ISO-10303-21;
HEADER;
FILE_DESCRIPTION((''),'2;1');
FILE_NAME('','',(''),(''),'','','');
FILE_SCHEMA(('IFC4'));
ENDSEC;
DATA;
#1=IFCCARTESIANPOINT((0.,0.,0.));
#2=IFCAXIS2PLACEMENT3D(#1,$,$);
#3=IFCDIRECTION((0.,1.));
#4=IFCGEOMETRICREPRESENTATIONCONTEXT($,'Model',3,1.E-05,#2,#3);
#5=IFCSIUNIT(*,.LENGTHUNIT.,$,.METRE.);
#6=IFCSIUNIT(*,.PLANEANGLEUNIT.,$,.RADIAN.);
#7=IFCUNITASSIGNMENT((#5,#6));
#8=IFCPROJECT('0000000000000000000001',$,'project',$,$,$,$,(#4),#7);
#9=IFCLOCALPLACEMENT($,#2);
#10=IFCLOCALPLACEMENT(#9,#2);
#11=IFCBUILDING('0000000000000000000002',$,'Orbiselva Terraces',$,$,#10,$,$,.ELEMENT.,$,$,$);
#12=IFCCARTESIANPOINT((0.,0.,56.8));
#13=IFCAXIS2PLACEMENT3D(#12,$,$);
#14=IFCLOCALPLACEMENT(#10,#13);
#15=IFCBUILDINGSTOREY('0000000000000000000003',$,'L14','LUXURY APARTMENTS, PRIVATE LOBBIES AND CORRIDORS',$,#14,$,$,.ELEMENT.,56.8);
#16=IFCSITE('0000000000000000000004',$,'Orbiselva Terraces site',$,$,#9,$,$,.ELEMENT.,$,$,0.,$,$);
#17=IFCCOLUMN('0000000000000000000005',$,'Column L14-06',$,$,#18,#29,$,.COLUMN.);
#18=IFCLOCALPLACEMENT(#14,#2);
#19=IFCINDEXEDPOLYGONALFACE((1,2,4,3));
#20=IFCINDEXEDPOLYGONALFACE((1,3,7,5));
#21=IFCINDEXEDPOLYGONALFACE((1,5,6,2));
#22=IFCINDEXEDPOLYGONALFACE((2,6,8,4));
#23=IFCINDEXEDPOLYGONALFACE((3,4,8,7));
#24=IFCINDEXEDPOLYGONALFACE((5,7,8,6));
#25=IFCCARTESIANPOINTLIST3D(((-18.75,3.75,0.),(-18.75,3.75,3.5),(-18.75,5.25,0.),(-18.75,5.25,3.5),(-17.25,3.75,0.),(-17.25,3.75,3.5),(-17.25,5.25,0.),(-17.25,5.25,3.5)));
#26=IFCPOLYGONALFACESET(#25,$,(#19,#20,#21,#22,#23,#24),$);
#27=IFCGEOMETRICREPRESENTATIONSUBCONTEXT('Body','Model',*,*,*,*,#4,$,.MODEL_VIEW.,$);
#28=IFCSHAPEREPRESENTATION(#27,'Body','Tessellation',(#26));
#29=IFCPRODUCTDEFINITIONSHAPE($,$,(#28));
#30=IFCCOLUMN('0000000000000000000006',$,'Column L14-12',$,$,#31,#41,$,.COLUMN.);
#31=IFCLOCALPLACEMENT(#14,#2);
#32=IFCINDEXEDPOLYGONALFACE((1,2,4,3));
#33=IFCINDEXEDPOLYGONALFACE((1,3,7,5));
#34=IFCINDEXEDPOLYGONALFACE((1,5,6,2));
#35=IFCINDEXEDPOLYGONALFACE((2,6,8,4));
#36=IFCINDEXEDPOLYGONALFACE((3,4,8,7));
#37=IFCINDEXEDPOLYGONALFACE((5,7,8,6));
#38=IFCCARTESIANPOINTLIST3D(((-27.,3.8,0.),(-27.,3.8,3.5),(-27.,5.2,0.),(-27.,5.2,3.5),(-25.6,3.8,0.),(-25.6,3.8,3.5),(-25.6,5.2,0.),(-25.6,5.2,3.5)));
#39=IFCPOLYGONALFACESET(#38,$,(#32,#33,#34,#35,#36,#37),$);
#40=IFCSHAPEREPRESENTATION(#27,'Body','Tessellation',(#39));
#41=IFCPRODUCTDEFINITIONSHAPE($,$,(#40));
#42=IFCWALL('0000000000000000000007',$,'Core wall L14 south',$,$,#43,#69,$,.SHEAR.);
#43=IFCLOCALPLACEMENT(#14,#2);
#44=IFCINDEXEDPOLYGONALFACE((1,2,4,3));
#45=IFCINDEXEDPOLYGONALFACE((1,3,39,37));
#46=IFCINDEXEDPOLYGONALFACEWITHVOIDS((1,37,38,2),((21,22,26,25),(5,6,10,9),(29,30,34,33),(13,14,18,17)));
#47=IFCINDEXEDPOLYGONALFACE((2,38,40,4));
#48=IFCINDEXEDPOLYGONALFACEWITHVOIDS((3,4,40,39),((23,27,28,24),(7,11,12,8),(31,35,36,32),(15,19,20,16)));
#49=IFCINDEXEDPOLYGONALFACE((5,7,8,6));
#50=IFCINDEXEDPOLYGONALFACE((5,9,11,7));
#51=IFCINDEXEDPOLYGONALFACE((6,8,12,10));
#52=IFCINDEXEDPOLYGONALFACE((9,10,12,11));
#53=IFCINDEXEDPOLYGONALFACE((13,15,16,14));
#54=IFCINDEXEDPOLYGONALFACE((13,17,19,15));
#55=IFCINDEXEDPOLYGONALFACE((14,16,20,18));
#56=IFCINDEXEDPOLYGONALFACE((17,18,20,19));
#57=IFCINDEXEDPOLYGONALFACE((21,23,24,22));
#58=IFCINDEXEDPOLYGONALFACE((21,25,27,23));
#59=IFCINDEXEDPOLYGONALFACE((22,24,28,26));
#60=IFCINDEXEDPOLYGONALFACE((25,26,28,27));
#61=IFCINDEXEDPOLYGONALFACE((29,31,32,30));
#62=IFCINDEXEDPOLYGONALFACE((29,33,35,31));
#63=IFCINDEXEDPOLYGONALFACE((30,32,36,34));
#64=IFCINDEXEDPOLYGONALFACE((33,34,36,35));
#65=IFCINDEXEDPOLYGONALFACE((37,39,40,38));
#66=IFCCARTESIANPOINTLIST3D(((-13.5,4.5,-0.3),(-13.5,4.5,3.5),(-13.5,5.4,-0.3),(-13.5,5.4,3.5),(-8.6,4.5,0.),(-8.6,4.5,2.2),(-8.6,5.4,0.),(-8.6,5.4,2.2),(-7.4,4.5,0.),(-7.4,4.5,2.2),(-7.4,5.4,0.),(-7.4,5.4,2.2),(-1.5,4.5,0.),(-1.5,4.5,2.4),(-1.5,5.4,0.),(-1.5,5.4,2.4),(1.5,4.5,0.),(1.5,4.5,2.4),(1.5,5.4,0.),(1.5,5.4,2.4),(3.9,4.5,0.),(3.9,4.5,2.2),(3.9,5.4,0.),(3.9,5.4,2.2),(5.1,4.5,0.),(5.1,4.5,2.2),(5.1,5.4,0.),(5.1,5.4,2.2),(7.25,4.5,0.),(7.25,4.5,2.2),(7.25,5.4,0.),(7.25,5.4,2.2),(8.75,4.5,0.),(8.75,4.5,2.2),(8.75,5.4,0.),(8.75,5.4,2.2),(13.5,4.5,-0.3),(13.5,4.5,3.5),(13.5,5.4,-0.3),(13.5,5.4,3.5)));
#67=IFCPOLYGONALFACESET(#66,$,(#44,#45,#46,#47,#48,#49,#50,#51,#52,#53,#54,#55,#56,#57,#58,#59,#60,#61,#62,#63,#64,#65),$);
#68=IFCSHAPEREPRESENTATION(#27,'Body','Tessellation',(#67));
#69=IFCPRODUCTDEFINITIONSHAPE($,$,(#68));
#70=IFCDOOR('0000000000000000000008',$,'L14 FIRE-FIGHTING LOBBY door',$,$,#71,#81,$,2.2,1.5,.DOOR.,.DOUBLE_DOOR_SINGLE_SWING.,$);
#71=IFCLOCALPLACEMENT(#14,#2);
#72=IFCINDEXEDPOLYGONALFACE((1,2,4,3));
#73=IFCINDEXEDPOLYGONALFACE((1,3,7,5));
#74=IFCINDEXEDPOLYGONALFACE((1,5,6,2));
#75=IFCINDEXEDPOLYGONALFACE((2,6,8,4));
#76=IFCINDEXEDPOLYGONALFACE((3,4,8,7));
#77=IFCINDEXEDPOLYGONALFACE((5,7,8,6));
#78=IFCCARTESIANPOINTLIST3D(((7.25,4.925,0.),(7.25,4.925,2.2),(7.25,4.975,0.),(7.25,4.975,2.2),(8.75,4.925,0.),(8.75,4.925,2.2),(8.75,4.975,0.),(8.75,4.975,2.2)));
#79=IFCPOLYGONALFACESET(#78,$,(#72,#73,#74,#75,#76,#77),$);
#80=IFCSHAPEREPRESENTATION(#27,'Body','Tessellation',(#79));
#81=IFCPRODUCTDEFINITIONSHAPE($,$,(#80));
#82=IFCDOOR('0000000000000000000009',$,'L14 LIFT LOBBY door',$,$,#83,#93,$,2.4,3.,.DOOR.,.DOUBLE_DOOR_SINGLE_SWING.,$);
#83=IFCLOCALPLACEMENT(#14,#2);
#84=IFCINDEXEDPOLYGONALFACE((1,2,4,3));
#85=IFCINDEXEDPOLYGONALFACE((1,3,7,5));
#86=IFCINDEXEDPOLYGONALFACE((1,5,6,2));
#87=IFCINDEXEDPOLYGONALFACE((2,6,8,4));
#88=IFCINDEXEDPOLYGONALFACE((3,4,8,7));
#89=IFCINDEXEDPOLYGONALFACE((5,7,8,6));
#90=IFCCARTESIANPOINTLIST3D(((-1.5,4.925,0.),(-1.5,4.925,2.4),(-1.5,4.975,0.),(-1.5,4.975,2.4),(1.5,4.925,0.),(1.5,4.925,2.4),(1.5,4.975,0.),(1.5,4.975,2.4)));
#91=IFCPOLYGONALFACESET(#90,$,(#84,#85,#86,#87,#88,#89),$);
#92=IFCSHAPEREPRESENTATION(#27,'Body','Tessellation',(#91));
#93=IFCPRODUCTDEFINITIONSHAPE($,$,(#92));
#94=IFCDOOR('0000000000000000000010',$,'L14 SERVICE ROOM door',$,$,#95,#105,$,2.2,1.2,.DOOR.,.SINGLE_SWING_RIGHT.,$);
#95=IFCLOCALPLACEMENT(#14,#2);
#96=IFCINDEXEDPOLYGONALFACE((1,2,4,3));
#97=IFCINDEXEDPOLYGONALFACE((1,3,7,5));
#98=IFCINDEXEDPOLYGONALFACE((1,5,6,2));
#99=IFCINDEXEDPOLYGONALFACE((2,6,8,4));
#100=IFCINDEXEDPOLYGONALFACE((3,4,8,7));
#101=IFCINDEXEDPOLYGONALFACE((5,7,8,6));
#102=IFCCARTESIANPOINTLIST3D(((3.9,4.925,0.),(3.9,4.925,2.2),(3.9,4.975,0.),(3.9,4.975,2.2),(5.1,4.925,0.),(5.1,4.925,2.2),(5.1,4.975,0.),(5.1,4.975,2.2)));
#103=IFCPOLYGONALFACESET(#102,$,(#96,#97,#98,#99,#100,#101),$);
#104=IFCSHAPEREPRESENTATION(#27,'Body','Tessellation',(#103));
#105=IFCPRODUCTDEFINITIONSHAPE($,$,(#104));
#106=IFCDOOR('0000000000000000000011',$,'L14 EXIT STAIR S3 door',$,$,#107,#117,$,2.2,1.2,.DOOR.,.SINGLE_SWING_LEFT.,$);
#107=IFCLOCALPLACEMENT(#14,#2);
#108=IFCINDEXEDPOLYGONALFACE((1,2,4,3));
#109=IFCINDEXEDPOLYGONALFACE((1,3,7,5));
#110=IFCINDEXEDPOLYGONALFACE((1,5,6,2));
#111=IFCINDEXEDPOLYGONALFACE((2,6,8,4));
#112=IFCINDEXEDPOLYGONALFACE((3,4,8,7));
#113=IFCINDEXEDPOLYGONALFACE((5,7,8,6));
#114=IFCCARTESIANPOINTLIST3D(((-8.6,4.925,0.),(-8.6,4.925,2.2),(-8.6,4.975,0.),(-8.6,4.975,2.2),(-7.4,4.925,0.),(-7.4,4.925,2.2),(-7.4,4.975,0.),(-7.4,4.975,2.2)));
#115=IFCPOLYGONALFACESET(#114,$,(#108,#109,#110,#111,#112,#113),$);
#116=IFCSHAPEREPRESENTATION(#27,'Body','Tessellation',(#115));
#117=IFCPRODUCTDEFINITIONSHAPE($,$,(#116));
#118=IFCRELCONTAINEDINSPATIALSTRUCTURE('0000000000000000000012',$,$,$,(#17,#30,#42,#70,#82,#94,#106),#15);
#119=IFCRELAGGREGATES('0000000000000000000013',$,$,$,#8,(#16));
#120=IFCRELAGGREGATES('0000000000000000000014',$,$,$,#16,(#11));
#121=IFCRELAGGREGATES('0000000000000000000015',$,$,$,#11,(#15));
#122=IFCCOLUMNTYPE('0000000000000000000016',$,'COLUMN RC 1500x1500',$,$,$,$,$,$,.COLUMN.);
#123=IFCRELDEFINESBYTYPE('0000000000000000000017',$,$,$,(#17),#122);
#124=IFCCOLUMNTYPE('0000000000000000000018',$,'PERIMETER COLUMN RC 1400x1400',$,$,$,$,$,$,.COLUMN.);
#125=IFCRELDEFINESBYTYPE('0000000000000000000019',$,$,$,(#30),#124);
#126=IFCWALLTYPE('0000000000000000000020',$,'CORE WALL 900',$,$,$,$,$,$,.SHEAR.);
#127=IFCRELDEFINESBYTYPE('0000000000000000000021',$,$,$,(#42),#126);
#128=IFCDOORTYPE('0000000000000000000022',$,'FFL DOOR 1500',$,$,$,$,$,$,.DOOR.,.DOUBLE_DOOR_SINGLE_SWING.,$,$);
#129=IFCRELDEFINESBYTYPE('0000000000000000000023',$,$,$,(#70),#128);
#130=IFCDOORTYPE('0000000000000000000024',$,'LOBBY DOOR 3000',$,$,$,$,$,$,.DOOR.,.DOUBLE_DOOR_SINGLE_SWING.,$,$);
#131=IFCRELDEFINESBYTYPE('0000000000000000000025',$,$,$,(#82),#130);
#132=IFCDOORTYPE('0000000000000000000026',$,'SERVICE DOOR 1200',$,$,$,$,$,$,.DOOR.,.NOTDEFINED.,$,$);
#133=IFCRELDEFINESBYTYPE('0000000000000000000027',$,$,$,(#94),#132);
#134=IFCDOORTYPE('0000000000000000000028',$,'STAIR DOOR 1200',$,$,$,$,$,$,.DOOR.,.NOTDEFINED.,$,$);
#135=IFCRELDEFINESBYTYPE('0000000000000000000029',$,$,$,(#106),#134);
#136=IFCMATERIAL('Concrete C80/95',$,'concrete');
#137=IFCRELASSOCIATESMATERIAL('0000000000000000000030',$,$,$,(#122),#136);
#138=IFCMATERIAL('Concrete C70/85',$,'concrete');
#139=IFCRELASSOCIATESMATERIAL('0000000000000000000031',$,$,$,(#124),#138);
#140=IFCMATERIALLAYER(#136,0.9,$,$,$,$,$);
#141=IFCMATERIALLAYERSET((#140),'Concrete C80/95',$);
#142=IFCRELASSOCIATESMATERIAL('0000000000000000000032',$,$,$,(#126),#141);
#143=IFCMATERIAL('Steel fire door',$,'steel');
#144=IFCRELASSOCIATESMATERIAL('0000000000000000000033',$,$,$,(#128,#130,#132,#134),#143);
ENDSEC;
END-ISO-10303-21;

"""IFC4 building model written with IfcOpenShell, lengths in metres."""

from ifc_helpers import new_model, si_unit, direction, frame, frame_2d, origin, origin_2d, place, context, subcontext, project, spatial, rectangle, extrude, material, layer, layer_set, material_profile, profile_set, type_object, element, fill, save


model = new_model("IFC4")

# Units and contexts
model_context = context("Model", 3, precision=1e-05, world=origin(), true_north=direction((0.0, 1.0)))
body_context = subcontext(model_context, "Body", "Model", "MODEL_VIEW")
ifc_project = project(units=[si_unit("LENGTHUNIT", "METRE"), si_unit("PLANEANGLEUNIT", "RADIAN")], contexts=[model_context])

# Site, building, storey
site_placement = place(None, origin())
site = spatial("IfcSite", under=ifc_project, at=site_placement, Name="Orbiselva Terraces site", CompositionType="ELEMENT", RefElevation=0.0)
building_placement = place(site_placement, origin())
building = spatial("IfcBuilding", under=site, at=building_placement, Name="Orbiselva Terraces", CompositionType="ELEMENT")
storey_placement = place(building_placement, frame((0.0, 0.0, 56.8)))
storey = spatial("IfcBuildingStorey", under=building, at=storey_placement, Name="L14", Description="LUXURY APARTMENTS, PRIVATE LOBBIES AND CORRIDORS", CompositionType="ELEMENT", Elevation=56.8)

# Columns
ifc_material_1 = material(Name="Concrete C80/95", Category="concrete")
ifc_material_profile_1 = material_profile(ifc_material_1, rectangle(XDim=1.5, YDim=1.5, at=origin_2d()), Name="RC 1500x1500")
ifc_profile_set_1 = profile_set([ifc_material_profile_1], Name="Concrete C80/95")
column_type_1 = type_object("IfcColumnType", Name="COLUMN RC 1500x1500", PredefinedType="COLUMN", material=ifc_profile_set_1)
column_1_placement = place(storey_placement, frame((-18.0, 4.5, 0.0), z_axis=(0.0, 0.0, 1.0), x_axis=(1.0, 0.0, 0.0)))
element("IfcColumn", 1, at=column_1_placement, inside=storey, type_object=column_type_1, Name="Column L14-06", PredefinedType="COLUMN", context=body_context, shape_type="SweptSolid", body=[
    extrude(rectangle(XDim=1.5, YDim=1.5, at=origin_2d()), origin(), (0.0, 0.0, 1.0), 3.5),
])
ifc_material_2 = material(Name="Concrete C70/85", Category="concrete")
ifc_material_profile_2 = material_profile(ifc_material_2, rectangle(XDim=1.4, YDim=1.4, at=origin_2d()), Name="RC 1400x1400")
ifc_profile_set_2 = profile_set([ifc_material_profile_2], Name="Concrete C70/85")
column_type_2 = type_object("IfcColumnType", Name="PERIMETER COLUMN RC 1400x1400", PredefinedType="COLUMN", material=ifc_profile_set_2)
column_2_placement = place(storey_placement, frame((-26.3, 4.5, 0.0), z_axis=(0.0, 0.0, 1.0), x_axis=(1.0, 0.0, 0.0)))
element("IfcColumn", 2, at=column_2_placement, inside=storey, type_object=column_type_2, Name="Column L14-12", PredefinedType="COLUMN", context=body_context, shape_type="SweptSolid", body=[
    extrude(rectangle(XDim=1.4, YDim=1.4, at=origin_2d()), origin(), (0.0, 0.0, 1.0), 3.5),
])

# Wall, openings, doors
ifc_layer_1 = layer(ifc_material_1, 0.9)
ifc_layer_set_1 = layer_set([ifc_layer_1], Name="Concrete C80/95")
wall_type_1 = type_object("IfcWallType", Name="CORE WALL 900", PredefinedType="SHEAR", material=ifc_layer_set_1)
wall_1_placement = place(storey_placement, frame((-13.5, 4.95, -0.3), z_axis=(0.0, 0.0, 1.0), x_axis=(1.0, 0.0, 0.0)))
wall_1 = element("IfcWall", 3, at=wall_1_placement, inside=storey, type_object=wall_type_1, Name="Core wall L14 south", PredefinedType="SHEAR", context=body_context, shape_type="SweptSolid", body=[
    extrude(rectangle(XDim=27.0, YDim=0.9, at=frame_2d((13.5, 0.0))), origin(), (0.0, 0.0, 1.0), 3.8),
])
opening_1_placement = place(wall_1_placement, frame((12.0, 0.0, 0.3)))
opening_1 = element("IfcOpeningElement", 4, at=opening_1_placement, cuts=wall_1, PredefinedType="OPENING", context=body_context, shape_type="SweptSolid", body=[
    extrude(rectangle(XDim=3.0, YDim=2.4, at=frame_2d((1.5, 1.2))), frame((0.0, 0.46, 0.0), z_axis=(0.0, -1.0, 0.0), x_axis=(1.0, 0.0, 0.0)), (0.0, 0.0, 1.0), 0.92),
])
opening_2_placement = place(wall_1_placement, frame((4.9, 0.0, 0.3)))
opening_2 = element("IfcOpeningElement", 5, at=opening_2_placement, cuts=wall_1, PredefinedType="OPENING", context=body_context, shape_type="SweptSolid", body=[
    extrude(rectangle(XDim=1.2, YDim=2.2, at=frame_2d((0.6, 1.1))), frame((0.0, 0.46, 0.0), z_axis=(0.0, -1.0, 0.0), x_axis=(1.0, 0.0, 0.0)), (0.0, 0.0, 1.0), 0.92),
])
opening_3_placement = place(wall_1_placement, frame((20.75, 0.0, 0.3)))
opening_3 = element("IfcOpeningElement", 6, at=opening_3_placement, cuts=wall_1, PredefinedType="OPENING", context=body_context, shape_type="SweptSolid", body=[
    extrude(rectangle(XDim=1.5, YDim=2.2, at=frame_2d((0.75, 1.1))), frame((0.0, 0.46, 0.0), z_axis=(0.0, -1.0, 0.0), x_axis=(1.0, 0.0, 0.0)), (0.0, 0.0, 1.0), 0.92),
])
opening_4_placement = place(wall_1_placement, frame((17.4, 0.0, 0.3)))
opening_4 = element("IfcOpeningElement", 7, at=opening_4_placement, cuts=wall_1, PredefinedType="OPENING", context=body_context, shape_type="SweptSolid", body=[
    extrude(rectangle(XDim=1.2, YDim=2.2, at=frame_2d((0.6, 1.1))), frame((0.0, 0.46, 0.0), z_axis=(0.0, -1.0, 0.0), x_axis=(1.0, 0.0, 0.0)), (0.0, 0.0, 1.0), 0.92),
])
ifc_material_3 = material(Name="Steel fire door", Category="steel")
door_type_1 = type_object("IfcDoorType", Name="FFL DOOR 1500", OperationType="DOUBLE_DOOR_SINGLE_SWING", PredefinedType="DOOR", material=ifc_material_3)
door_1_placement = place(opening_3_placement, frame((1.5, 0.0, 0.0), z_axis=(0.0, 0.0, 1.0), x_axis=(-1.0, 0.0, 0.0)))
door_1 = element("IfcDoor", 8, at=door_1_placement, inside=storey, type_object=door_type_1, Name="L14 FIRE-FIGHTING LOBBY door", OperationType="DOUBLE_DOOR_SINGLE_SWING", OverallHeight=2.2, OverallWidth=1.5, PredefinedType="DOOR", context=body_context, shape_type="SweptSolid", body=[
    extrude(rectangle(XDim=1.5, YDim=2.2, at=frame_2d((0.75, 1.1))), frame((0.0, 0.025, 0.0), z_axis=(0.0, -1.0, 0.0), x_axis=(1.0, 0.0, 0.0)), (0.0, 0.0, 1.0), 0.05),
])
fill(opening_3, door_1)
door_type_2 = type_object("IfcDoorType", Name="LOBBY DOOR 3000", OperationType="DOUBLE_DOOR_SINGLE_SWING", PredefinedType="DOOR", material=ifc_material_3)
door_2_placement = place(opening_1_placement, frame((3.0, 0.0, 0.0), z_axis=(0.0, 0.0, 1.0), x_axis=(-1.0, 0.0, 0.0)))
door_2 = element("IfcDoor", 9, at=door_2_placement, inside=storey, type_object=door_type_2, Name="L14 LIFT LOBBY door", OperationType="DOUBLE_DOOR_SINGLE_SWING", OverallHeight=2.4, OverallWidth=3.0, PredefinedType="DOOR", context=body_context, shape_type="SweptSolid", body=[
    extrude(rectangle(XDim=3.0, YDim=2.4, at=frame_2d((1.5, 1.2))), frame((0.0, 0.025, 0.0), z_axis=(0.0, -1.0, 0.0), x_axis=(1.0, 0.0, 0.0)), (0.0, 0.0, 1.0), 0.05),
])
fill(opening_1, door_2)
door_type_3 = type_object("IfcDoorType", Name="SERVICE DOOR 1200", OperationType="NOTDEFINED", PredefinedType="DOOR", material=ifc_material_3)
door_3_placement = place(opening_4_placement, frame((1.2, 0.0, 0.0), z_axis=(0.0, 0.0, 1.0), x_axis=(-1.0, 0.0, 0.0)))
door_3 = element("IfcDoor", 10, at=door_3_placement, inside=storey, type_object=door_type_3, Name="L14 SERVICE ROOM door", OperationType="SINGLE_SWING_RIGHT", OverallHeight=2.2, OverallWidth=1.2, PredefinedType="DOOR", context=body_context, shape_type="SweptSolid", body=[
    extrude(rectangle(XDim=1.2, YDim=2.2, at=frame_2d((0.6, 1.1))), frame((0.0, 0.025, 0.0), z_axis=(0.0, -1.0, 0.0), x_axis=(1.0, 0.0, 0.0)), (0.0, 0.0, 1.0), 0.05),
])
fill(opening_4, door_3)
door_type_4 = type_object("IfcDoorType", Name="STAIR DOOR 1200", OperationType="NOTDEFINED", PredefinedType="DOOR", material=ifc_material_3)
door_4_placement = place(opening_2_placement, frame((1.2, 0.0, 0.0), z_axis=(0.0, 0.0, 1.0), x_axis=(-1.0, 0.0, 0.0)))
door_4 = element("IfcDoor", 11, at=door_4_placement, inside=storey, type_object=door_type_4, Name="L14 EXIT STAIR S3 door", OperationType="SINGLE_SWING_LEFT", OverallHeight=2.2, OverallWidth=1.2, PredefinedType="DOOR", context=body_context, shape_type="SweptSolid", body=[
    extrude(rectangle(XDim=1.2, YDim=2.2, at=frame_2d((0.6, 1.1))), frame((0.0, 0.025, 0.0), z_axis=(0.0, -1.0, 0.0), x_axis=(1.0, 0.0, 0.0)), (0.0, 0.0, 1.0), 0.05),
])
fill(opening_2, door_4)

save(model, "model.ifc")
